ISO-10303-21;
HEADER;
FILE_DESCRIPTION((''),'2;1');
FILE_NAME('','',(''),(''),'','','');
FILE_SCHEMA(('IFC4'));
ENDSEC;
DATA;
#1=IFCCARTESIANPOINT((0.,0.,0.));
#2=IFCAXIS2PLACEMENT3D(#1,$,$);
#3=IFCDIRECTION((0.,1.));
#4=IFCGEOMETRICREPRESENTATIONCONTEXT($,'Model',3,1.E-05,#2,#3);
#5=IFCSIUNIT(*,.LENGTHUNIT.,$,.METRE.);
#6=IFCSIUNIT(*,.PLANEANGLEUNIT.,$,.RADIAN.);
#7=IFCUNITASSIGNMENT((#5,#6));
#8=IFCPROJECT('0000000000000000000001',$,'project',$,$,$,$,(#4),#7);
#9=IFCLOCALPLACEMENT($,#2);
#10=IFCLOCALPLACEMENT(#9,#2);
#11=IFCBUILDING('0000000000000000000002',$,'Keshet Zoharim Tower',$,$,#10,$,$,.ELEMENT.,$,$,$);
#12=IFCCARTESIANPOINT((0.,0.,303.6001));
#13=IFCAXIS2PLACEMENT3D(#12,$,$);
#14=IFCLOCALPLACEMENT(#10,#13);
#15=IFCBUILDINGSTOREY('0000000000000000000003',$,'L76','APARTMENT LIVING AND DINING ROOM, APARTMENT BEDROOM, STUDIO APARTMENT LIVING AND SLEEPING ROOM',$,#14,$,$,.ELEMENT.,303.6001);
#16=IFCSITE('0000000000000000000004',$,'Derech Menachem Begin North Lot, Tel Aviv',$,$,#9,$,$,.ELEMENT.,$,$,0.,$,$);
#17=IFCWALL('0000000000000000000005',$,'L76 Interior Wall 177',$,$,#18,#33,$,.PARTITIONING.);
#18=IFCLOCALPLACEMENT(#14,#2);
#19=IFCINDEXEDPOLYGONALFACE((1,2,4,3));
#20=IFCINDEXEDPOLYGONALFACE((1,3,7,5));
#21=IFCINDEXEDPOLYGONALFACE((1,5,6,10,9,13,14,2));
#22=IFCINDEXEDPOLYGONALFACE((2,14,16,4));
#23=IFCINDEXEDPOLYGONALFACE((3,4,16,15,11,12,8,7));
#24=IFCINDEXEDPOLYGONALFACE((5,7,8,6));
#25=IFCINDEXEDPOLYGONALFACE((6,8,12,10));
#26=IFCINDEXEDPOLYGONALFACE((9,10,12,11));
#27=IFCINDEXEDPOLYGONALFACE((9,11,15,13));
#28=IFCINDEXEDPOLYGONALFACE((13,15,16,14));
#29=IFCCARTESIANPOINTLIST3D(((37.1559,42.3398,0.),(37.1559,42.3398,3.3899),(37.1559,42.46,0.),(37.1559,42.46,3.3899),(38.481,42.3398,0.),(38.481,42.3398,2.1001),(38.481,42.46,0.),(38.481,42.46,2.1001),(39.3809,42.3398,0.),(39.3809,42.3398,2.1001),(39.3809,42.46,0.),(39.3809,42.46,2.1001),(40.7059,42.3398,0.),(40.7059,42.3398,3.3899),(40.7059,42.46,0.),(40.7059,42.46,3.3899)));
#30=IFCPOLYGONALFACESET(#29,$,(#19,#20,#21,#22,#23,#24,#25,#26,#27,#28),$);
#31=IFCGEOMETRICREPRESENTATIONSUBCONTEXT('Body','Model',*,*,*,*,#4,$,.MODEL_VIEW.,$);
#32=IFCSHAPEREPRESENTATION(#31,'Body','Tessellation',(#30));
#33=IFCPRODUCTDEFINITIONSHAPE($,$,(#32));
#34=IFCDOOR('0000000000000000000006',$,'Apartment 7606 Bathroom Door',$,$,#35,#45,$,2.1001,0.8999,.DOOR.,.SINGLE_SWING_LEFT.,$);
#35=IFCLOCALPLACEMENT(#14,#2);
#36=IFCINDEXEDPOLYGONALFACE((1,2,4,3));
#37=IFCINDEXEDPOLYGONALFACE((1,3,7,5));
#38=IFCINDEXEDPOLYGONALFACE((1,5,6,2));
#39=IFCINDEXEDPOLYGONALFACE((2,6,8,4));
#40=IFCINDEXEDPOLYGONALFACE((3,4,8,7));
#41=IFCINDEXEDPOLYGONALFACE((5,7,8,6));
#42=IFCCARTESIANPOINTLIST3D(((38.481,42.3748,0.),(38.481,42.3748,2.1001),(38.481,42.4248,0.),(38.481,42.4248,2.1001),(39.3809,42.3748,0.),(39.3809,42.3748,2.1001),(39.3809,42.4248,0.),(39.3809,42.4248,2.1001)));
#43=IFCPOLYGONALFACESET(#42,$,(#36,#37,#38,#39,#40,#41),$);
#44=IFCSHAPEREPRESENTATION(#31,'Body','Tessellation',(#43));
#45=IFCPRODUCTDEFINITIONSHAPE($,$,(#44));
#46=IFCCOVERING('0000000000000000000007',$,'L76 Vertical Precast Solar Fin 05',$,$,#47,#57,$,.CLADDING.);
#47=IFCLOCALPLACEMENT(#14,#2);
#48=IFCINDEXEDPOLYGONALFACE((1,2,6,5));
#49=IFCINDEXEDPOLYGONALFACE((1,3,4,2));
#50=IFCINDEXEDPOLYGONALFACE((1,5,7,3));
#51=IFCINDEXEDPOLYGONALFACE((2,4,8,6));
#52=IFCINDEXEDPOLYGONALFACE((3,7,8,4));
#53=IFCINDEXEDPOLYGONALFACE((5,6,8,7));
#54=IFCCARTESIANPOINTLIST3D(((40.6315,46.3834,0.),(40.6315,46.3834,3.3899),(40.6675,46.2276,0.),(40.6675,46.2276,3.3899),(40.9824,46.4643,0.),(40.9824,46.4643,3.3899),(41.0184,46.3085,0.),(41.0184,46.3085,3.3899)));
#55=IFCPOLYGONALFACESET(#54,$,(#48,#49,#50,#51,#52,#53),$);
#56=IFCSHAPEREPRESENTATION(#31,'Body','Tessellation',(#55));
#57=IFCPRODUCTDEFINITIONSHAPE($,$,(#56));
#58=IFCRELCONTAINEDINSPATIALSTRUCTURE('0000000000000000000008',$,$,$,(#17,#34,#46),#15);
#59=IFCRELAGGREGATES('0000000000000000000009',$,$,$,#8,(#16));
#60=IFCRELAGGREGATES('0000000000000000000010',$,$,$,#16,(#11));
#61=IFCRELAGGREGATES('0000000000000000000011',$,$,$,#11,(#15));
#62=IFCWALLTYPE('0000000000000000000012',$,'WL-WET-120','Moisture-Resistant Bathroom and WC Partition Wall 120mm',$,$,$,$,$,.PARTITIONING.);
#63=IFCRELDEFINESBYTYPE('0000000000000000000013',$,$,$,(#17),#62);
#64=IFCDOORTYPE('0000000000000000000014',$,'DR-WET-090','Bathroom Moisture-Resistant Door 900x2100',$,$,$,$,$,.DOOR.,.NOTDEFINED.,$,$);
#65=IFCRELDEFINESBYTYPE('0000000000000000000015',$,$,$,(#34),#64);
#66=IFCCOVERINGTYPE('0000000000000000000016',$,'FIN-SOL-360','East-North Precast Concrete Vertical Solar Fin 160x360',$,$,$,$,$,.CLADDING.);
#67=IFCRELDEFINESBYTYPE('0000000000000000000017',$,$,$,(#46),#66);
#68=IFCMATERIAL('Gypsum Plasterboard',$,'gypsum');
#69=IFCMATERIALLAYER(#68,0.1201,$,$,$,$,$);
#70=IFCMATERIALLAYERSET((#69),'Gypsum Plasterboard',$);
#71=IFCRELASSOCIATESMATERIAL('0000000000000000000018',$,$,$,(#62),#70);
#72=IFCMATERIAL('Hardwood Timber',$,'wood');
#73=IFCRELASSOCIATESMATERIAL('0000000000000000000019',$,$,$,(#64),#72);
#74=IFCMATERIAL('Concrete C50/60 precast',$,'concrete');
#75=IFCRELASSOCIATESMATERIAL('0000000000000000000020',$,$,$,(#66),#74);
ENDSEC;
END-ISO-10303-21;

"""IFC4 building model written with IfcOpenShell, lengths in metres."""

from ifc_helpers import new_model, si_unit, direction, frame, frame_2d, origin, origin_2d, place, context, subcontext, project, spatial, rectangle, extrude, material, layer, layer_set, type_object, element, fill, save


model = new_model("IFC4")

# Units and contexts
model_context = context("Model", 3, precision=1e-05, world=origin(), true_north=direction((0.0, 1.0)))
body_context = subcontext(model_context, "Body", "Model", "MODEL_VIEW")
ifc_project = project(units=[si_unit("LENGTHUNIT", "METRE"), si_unit("PLANEANGLEUNIT", "RADIAN")], contexts=[model_context])

# Site, building, storey
site_placement = place(None, origin())
site = spatial("IfcSite", under=ifc_project, at=site_placement, Name="Derech Menachem Begin North Lot, Tel Aviv", CompositionType="ELEMENT", RefElevation=0.0)
building_placement = place(site_placement, origin())
building = spatial("IfcBuilding", under=site, at=building_placement, Name="Keshet Zoharim Tower", CompositionType="ELEMENT")
storey_placement = place(building_placement, frame((0.0, 0.0, 303.6001)))
storey = spatial("IfcBuildingStorey", under=building, at=storey_placement, Name="L76", Description="APARTMENT LIVING AND DINING ROOM, APARTMENT BEDROOM, STUDIO APARTMENT LIVING AND SLEEPING ROOM", CompositionType="ELEMENT", Elevation=303.6001)

# Shared definitions
ifc_material_1 = material(Name="Gypsum Plasterboard", Category="gypsum")

# Shared definitions
ifc_material_2 = material(Name="Hardwood Timber", Category="wood")

# Shared definitions
ifc_layer_1 = layer(ifc_material_1, 0.1201)
ifc_layer_set_1 = layer_set([ifc_layer_1], Name="Gypsum Plasterboard")
wall_type_1 = type_object("IfcWallType", Name="WL-WET-120", Description="Moisture-Resistant Bathroom and WC Partition Wall 120mm", PredefinedType="PARTITIONING", material=ifc_layer_set_1)

# Wall, opening, door
wall_1_placement = place(storey_placement, frame((37.156, 42.3999, 0.0), z_axis=(0.0, 0.0, 1.0), x_axis=(1.0, 0.0, 0.0)))
wall_1 = element("IfcWall", 1, at=wall_1_placement, inside=storey, type_object=wall_type_1, Name="L76 Interior Wall 177", PredefinedType="PARTITIONING", context=body_context, shape_type="SweptSolid", body=[
    extrude(rectangle(XDim=3.55, YDim=0.1201, at=frame_2d((1.7749, 0.0))), origin(), (0.0, 0.0, 1.0), 3.3899),
])
opening_1_placement = place(wall_1_placement, frame((1.325, 0.0, 0.0)))
opening_1 = element("IfcOpeningElement", 2, at=opening_1_placement, cuts=wall_1, PredefinedType="OPENING", context=body_context, shape_type="SweptSolid", body=[
    extrude(rectangle(XDim=0.8999, YDim=2.1001, at=frame_2d((0.45, 1.05))), frame((0.0, 0.0701, 0.0), z_axis=(0.0, -1.0, 0.0), x_axis=(1.0, 0.0, 0.0)), (0.0, 0.0, 1.0), 0.1401),
])
door_type_1 = type_object("IfcDoorType", Name="DR-WET-090", Description="Bathroom Moisture-Resistant Door 900x2100", OperationType="NOTDEFINED", PredefinedType="DOOR", material=ifc_material_2)
door_1_placement = place(opening_1_placement, origin())
door_1 = element("IfcDoor", 3, at=door_1_placement, inside=storey, type_object=door_type_1, Name="Apartment 7606 Bathroom Door", OperationType="SINGLE_SWING_LEFT", OverallHeight=2.1001, OverallWidth=0.8999, PredefinedType="DOOR", context=body_context, shape_type="SweptSolid", body=[
    extrude(rectangle(XDim=0.8999, YDim=2.1001, at=frame_2d((0.45, 1.05))), frame((0.0, 0.0249, 0.0), z_axis=(0.0, -1.0, 0.0), x_axis=(1.0, 0.0, 0.0)), (0.0, 0.0, 1.0), 0.05),
])
fill(opening_1, door_1)

# Covering
ifc_material_3 = material(Name="Concrete C50/60 precast", Category="concrete")
covering_type = type_object("IfcCoveringType", Name="FIN-SOL-360", Description="East-North Precast Concrete Vertical Solar Fin 160x360", PredefinedType="CLADDING", material=ifc_material_3)
covering_placement = place(storey_placement, frame((40.825, 46.3459, 0.0), z_axis=(0.0, 0.0, 1.0), x_axis=(0.22483, -0.974398, 0.0)))
element("IfcCovering", 4, at=covering_placement, inside=storey, type_object=covering_type, Name="L76 Vertical Precast Solar Fin 05", PredefinedType="CLADDING", context=body_context, shape_type="SweptSolid", body=[
    extrude(rectangle(XDim=0.1599, YDim=0.3601, at=origin_2d()), origin(), (0.0, 0.0, 1.0), 3.3899),
])

save(model, "model.ifc")
